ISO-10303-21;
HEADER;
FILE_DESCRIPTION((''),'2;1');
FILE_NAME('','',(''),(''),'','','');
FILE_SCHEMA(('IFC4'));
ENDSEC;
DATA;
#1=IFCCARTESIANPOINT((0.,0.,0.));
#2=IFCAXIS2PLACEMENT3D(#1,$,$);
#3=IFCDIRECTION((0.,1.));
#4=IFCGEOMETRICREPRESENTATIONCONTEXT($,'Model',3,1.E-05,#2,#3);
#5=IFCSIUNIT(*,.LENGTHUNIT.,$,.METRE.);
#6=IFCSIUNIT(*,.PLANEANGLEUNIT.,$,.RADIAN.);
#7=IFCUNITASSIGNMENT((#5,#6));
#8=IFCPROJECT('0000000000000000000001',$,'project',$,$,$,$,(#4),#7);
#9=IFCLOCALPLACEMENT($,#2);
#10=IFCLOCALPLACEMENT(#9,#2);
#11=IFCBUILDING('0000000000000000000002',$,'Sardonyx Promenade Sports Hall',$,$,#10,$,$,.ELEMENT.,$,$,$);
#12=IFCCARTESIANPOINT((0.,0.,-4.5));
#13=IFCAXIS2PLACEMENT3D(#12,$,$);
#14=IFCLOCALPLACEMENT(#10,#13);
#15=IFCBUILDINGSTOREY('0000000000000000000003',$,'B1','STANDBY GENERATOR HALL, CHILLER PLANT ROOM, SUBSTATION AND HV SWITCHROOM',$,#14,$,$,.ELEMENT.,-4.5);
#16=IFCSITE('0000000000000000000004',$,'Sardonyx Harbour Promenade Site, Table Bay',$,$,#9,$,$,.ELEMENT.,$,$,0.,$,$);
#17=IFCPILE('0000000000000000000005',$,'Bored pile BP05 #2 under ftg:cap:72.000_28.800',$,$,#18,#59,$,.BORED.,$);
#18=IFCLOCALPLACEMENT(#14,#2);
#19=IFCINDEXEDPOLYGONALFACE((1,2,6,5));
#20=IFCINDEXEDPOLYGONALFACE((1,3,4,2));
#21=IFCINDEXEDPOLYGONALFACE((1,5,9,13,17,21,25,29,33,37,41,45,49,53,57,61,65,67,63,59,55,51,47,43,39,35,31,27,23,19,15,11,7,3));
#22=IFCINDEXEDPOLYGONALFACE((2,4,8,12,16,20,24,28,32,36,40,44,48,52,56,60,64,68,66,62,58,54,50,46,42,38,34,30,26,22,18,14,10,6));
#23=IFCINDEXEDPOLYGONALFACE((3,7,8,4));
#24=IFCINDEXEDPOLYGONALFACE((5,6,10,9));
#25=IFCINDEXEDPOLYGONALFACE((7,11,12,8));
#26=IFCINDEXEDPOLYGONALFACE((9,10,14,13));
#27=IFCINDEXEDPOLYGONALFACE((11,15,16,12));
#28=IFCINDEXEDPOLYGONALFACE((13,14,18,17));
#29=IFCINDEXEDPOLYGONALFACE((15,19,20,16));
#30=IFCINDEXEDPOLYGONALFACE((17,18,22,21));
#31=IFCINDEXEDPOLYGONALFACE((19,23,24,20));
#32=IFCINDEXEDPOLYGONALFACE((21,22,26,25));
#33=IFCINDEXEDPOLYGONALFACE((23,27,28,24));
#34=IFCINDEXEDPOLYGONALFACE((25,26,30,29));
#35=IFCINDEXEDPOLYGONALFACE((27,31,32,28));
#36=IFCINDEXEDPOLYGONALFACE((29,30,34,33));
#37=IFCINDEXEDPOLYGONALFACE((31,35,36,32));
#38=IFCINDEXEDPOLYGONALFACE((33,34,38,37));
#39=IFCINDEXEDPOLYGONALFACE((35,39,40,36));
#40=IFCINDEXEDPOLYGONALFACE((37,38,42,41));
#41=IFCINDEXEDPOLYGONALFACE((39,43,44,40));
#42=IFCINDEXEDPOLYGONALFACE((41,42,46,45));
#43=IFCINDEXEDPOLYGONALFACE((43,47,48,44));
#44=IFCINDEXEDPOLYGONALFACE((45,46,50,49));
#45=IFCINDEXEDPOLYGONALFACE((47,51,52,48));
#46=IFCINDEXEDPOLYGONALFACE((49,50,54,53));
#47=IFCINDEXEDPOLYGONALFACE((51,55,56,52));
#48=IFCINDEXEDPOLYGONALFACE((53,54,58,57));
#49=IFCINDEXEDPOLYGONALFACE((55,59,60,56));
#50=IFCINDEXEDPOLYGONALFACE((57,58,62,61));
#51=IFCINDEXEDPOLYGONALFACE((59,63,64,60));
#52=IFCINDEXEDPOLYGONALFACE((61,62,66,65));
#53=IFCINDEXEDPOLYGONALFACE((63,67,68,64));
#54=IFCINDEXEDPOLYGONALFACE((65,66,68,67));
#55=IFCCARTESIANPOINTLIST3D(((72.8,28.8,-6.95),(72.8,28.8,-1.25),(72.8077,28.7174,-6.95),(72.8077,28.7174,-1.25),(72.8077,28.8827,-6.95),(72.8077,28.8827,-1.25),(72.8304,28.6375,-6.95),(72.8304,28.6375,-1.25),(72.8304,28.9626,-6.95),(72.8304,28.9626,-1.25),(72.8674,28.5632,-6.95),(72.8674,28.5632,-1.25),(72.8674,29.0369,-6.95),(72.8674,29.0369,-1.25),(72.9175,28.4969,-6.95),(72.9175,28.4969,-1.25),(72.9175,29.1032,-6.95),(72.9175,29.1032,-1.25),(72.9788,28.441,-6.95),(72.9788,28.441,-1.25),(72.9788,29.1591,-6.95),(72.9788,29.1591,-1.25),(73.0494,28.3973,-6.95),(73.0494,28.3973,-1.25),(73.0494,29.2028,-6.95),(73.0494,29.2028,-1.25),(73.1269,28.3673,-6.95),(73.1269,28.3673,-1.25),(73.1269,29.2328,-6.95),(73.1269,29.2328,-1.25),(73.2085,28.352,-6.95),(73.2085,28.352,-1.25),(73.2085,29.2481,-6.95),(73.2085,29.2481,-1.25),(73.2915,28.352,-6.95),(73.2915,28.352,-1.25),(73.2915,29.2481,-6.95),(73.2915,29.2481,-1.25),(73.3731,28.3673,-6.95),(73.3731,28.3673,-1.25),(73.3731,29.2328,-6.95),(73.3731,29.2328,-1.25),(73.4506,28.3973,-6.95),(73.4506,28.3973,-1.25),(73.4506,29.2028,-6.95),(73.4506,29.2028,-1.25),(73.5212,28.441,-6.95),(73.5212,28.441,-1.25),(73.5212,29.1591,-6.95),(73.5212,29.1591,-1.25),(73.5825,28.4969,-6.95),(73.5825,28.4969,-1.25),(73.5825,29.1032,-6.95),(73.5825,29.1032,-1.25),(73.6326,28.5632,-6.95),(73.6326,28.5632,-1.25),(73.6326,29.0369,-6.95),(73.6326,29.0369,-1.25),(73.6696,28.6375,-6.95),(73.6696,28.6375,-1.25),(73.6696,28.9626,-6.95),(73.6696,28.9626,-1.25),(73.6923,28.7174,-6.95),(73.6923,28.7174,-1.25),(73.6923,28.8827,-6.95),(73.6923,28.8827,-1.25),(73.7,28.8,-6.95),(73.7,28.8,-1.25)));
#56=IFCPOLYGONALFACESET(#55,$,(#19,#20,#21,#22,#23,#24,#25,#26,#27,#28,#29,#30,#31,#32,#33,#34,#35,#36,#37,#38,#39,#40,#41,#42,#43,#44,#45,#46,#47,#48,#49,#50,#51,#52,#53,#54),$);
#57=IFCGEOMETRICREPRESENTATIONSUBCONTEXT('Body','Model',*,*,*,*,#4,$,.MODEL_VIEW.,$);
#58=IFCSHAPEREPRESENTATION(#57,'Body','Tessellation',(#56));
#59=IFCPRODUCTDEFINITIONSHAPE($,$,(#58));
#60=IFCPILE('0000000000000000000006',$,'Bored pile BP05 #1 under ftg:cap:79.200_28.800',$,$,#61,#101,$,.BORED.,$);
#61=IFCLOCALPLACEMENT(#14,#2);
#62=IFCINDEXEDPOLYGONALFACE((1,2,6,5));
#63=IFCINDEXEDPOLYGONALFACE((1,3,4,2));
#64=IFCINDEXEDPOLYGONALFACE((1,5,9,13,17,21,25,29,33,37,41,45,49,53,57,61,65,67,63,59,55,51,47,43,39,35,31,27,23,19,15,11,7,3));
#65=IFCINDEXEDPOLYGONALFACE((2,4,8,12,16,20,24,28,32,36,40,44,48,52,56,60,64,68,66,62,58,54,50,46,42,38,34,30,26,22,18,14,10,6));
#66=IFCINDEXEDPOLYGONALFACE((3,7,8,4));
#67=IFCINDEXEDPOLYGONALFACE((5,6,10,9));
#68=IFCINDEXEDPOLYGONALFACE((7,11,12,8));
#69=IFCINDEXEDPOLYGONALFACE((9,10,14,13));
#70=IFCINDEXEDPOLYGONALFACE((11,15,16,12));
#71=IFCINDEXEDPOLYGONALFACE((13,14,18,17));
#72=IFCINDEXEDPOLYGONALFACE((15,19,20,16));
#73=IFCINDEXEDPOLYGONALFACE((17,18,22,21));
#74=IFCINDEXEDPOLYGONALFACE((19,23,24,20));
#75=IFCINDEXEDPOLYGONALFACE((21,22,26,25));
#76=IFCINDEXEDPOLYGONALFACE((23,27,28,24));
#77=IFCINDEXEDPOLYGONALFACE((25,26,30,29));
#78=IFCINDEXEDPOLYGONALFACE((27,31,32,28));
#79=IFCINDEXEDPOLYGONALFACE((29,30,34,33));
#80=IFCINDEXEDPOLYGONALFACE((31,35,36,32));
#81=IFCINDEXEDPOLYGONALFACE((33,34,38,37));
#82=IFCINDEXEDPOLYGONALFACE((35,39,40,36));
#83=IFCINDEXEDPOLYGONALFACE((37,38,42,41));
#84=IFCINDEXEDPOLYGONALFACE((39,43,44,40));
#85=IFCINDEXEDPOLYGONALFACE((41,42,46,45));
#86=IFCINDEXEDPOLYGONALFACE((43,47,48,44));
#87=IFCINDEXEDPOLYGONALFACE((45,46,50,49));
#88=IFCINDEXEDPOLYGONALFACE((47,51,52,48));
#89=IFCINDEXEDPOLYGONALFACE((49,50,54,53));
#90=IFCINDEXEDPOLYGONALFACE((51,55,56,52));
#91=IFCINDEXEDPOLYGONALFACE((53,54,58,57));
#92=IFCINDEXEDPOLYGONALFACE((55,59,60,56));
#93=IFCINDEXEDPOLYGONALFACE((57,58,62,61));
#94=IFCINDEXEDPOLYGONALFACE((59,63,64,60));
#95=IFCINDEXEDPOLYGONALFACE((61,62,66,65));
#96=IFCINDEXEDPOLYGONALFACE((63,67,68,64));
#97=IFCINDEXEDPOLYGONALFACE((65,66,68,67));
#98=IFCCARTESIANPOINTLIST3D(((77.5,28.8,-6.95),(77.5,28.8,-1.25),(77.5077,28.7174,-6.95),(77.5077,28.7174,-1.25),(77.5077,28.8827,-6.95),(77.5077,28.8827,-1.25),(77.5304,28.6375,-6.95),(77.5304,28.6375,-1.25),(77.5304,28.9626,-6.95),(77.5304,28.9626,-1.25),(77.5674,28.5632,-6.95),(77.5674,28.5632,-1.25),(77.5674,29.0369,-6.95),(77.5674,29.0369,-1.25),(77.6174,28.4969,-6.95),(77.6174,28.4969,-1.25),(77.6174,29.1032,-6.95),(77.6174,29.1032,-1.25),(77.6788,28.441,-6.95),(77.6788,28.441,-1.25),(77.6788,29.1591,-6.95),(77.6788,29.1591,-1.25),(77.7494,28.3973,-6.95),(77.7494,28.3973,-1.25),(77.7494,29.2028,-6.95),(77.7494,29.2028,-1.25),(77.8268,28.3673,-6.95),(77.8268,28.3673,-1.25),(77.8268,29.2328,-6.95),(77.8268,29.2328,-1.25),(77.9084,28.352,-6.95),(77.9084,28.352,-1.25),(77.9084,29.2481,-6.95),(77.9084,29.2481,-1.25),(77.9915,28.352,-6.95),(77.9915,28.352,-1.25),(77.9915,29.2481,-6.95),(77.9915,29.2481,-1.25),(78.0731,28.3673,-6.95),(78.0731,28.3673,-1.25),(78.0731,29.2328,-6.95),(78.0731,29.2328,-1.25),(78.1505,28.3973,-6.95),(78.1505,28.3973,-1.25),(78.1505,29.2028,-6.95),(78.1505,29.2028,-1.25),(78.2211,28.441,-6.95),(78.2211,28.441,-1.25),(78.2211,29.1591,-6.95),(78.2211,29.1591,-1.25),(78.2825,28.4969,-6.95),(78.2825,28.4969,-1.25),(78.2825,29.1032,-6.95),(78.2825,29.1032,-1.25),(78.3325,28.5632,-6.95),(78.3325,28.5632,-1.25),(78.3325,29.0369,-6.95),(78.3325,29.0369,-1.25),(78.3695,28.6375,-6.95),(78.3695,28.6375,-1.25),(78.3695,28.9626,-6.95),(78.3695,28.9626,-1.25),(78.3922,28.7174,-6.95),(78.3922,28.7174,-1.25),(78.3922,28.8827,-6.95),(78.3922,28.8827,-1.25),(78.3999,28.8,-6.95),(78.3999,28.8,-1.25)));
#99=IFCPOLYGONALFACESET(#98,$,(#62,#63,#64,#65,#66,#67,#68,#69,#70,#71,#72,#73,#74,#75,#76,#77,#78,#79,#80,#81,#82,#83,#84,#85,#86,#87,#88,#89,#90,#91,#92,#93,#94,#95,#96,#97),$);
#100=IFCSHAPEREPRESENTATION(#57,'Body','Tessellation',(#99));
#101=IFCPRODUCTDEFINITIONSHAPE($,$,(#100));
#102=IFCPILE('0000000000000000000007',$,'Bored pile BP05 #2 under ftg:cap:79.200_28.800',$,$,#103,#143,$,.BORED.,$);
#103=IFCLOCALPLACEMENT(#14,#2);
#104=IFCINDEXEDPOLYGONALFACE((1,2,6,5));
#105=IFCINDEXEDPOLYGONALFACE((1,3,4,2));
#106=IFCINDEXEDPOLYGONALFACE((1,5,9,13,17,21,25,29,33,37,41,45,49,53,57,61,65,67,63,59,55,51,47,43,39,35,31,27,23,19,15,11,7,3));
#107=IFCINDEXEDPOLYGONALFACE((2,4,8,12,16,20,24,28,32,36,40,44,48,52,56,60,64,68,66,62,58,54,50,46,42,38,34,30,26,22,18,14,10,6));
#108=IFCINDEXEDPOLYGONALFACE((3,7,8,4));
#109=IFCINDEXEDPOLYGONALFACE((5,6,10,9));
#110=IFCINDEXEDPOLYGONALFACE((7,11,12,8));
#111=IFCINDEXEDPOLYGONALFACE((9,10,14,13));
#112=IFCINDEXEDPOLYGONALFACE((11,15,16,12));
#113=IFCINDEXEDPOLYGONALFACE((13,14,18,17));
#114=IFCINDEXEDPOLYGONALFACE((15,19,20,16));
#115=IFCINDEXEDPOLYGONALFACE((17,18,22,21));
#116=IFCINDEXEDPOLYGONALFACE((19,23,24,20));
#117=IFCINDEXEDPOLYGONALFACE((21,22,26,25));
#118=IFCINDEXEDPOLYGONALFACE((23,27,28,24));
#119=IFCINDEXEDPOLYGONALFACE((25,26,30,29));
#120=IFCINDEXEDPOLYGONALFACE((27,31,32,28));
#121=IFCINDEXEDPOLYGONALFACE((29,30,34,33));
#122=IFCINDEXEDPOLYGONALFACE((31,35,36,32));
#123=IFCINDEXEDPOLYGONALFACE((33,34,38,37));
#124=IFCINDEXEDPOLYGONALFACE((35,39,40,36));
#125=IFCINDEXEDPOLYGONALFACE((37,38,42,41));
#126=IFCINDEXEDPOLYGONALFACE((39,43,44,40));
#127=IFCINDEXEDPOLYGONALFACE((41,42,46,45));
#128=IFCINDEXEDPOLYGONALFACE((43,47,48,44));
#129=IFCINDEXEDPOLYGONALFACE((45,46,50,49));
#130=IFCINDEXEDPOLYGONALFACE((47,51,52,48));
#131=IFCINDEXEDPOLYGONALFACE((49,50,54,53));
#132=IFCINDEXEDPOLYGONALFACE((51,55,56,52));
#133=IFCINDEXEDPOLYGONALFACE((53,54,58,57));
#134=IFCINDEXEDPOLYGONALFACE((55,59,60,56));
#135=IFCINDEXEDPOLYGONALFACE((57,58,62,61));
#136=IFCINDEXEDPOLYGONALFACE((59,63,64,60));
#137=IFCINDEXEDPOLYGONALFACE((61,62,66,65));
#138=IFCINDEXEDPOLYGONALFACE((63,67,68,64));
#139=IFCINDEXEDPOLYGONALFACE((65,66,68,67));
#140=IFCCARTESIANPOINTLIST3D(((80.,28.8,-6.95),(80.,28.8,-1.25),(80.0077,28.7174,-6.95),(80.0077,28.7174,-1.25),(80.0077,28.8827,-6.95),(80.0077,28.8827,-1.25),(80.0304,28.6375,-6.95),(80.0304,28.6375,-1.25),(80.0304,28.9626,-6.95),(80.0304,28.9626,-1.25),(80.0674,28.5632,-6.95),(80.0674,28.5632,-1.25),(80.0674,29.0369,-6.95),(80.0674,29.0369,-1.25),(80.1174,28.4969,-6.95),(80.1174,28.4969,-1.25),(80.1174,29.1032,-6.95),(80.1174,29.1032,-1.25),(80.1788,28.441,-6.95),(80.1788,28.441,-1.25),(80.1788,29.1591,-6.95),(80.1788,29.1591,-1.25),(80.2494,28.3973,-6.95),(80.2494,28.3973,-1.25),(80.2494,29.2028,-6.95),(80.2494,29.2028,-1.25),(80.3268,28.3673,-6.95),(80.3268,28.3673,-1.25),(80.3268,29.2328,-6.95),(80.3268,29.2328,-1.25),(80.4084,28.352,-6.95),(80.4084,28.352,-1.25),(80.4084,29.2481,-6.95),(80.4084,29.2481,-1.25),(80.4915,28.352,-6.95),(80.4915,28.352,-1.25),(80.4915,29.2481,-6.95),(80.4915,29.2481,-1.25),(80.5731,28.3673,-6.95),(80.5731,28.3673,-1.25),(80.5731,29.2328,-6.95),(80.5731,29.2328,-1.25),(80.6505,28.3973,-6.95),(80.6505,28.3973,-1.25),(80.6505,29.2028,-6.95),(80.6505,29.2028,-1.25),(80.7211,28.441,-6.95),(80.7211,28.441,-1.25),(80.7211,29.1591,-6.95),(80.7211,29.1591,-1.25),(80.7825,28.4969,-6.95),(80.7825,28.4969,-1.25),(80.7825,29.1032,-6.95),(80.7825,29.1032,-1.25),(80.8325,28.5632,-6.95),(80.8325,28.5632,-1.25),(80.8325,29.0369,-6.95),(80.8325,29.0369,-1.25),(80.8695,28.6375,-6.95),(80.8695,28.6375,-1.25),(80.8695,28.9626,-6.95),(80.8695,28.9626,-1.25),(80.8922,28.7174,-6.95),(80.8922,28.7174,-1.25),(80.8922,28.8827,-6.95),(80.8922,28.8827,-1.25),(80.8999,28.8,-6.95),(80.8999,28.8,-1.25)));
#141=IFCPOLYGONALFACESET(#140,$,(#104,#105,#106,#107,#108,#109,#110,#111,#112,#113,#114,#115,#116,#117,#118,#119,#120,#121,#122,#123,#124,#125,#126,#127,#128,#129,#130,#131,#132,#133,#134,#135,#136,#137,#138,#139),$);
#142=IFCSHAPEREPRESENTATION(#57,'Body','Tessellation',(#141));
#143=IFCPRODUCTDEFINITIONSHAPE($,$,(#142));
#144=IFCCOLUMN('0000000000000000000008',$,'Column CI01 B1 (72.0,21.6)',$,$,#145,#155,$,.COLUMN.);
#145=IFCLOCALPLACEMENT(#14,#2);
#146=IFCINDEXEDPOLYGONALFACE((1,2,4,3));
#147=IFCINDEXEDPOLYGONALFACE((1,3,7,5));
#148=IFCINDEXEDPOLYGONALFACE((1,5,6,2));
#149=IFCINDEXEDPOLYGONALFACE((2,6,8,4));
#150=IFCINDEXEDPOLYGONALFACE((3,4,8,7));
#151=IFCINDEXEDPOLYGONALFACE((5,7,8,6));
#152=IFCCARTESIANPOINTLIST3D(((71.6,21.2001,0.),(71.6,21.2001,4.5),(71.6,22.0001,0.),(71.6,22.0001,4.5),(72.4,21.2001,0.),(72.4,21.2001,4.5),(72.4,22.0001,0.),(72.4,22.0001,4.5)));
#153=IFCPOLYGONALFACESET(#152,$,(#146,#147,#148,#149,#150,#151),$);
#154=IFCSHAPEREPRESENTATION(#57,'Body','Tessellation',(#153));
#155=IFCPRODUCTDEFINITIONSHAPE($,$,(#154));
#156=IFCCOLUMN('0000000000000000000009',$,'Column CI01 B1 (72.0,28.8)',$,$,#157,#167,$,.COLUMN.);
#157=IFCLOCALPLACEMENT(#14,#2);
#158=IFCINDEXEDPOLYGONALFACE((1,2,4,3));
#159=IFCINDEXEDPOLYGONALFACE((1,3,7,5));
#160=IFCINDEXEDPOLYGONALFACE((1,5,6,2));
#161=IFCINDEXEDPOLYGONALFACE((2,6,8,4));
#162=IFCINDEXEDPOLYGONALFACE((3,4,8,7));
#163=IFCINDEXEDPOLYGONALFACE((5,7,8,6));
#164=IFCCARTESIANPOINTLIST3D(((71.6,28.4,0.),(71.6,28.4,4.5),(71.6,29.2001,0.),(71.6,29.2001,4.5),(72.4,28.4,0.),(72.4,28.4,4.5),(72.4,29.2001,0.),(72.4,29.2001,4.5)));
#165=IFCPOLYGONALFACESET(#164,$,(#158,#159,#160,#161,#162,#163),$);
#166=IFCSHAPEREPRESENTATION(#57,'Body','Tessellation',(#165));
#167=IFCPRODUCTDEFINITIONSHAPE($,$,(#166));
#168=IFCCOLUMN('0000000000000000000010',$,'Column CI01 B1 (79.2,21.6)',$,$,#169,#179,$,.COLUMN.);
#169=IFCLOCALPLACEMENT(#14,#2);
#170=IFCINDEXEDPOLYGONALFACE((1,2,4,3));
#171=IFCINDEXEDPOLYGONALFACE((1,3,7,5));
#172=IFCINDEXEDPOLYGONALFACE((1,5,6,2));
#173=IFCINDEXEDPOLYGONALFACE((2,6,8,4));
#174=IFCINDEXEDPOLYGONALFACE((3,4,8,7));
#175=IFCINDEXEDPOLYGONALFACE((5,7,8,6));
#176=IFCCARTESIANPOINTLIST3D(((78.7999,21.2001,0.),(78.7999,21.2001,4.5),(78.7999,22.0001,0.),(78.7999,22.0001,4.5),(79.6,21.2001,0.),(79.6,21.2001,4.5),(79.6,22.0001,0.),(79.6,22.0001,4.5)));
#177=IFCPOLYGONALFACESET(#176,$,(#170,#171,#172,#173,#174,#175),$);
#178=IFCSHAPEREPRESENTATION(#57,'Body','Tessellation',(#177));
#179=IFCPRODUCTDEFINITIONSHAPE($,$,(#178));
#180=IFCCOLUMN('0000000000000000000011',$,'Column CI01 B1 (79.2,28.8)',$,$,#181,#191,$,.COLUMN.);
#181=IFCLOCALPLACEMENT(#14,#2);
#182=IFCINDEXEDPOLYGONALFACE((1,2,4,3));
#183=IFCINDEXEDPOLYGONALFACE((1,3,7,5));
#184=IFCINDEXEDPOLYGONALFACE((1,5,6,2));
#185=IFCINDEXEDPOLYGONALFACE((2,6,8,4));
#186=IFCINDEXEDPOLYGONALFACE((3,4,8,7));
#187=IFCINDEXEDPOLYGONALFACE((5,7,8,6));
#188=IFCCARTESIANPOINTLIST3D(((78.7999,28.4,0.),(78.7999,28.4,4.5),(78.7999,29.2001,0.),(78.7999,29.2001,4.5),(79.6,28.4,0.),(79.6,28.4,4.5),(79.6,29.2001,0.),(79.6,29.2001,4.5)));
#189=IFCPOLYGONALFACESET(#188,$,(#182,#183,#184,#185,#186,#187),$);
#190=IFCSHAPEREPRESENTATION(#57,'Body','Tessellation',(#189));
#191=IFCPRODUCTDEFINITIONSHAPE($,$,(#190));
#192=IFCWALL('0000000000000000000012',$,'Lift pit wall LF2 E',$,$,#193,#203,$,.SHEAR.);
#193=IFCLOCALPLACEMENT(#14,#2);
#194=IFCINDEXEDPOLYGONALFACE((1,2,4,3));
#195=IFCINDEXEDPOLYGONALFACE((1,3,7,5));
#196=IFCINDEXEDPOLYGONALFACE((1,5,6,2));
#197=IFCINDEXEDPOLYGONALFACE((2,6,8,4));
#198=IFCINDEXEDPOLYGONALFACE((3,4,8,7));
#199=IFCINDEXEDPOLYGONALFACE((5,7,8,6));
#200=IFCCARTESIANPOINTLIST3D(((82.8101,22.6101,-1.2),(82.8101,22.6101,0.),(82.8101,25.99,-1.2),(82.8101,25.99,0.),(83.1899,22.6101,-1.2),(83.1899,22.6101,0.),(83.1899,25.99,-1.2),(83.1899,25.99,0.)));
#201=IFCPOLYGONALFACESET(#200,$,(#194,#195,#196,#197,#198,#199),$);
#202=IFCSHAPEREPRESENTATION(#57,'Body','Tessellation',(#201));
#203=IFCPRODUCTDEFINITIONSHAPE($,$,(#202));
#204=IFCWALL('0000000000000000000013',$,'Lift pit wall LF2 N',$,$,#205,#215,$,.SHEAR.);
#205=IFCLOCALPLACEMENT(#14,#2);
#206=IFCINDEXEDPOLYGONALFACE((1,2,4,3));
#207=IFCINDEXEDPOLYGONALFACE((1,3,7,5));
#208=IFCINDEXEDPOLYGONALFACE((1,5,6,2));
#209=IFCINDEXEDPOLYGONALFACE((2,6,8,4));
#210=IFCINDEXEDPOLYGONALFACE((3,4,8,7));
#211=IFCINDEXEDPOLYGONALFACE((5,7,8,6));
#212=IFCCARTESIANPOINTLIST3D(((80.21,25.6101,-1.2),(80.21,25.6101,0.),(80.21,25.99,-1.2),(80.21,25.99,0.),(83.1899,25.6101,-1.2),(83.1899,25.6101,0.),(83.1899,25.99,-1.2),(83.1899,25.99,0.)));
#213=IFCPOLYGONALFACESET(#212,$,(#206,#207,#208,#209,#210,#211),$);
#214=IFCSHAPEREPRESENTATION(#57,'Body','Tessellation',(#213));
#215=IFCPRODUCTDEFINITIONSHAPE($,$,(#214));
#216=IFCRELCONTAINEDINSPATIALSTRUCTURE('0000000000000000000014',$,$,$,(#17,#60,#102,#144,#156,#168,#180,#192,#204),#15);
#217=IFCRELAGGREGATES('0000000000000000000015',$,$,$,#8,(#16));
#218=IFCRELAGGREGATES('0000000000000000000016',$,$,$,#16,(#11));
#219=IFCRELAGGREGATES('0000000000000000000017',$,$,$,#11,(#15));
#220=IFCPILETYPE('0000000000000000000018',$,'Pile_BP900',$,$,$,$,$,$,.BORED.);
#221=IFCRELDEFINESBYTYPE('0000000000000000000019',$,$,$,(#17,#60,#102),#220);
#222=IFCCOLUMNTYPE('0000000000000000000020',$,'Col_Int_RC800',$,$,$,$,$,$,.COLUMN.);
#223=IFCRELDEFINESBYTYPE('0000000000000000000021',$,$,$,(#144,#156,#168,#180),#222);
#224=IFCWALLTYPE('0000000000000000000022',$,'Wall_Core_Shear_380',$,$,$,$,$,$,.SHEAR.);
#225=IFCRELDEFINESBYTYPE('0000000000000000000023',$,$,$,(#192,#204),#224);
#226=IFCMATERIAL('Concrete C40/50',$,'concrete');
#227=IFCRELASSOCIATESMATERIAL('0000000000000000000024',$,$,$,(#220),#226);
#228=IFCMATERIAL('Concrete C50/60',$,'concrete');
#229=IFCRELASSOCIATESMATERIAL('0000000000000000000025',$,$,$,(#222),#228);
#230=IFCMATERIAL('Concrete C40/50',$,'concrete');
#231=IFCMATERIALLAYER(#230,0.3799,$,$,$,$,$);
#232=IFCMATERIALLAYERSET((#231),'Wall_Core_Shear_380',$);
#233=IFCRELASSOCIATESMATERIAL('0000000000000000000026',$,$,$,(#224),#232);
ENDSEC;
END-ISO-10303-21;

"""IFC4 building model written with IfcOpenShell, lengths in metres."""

from ifc_helpers import new_model, si_unit, direction, frame, frame_2d, origin, origin_2d, place, context, subcontext, project, spatial, rectangle, circle, extrude, material, layer, layer_set, material_profile, profile_set, type_object, element, save


model = new_model("IFC4")

# Units and contexts
model_context = context("Model", 3, precision=1e-05, world=origin(), true_north=direction((0.0, 1.0)))
body_context = subcontext(model_context, "Body", "Model", "MODEL_VIEW")
ifc_project = project(units=[si_unit("LENGTHUNIT", "METRE"), si_unit("PLANEANGLEUNIT", "RADIAN")], contexts=[model_context])

# Site, building, storey
site_placement = place(None, origin())
site = spatial("IfcSite", under=ifc_project, at=site_placement, Name="Sardonyx Harbour Promenade Site, Table Bay", CompositionType="ELEMENT", RefElevation=0.0)
building_placement = place(site_placement, origin())
building = spatial("IfcBuilding", under=site, at=building_placement, Name="Sardonyx Promenade Sports Hall", CompositionType="ELEMENT")
storey_placement = place(building_placement, frame((0.0, 0.0, -4.5)))
storey = spatial("IfcBuildingStorey", under=building, at=storey_placement, Name="B1", Description="STANDBY GENERATOR HALL, CHILLER PLANT ROOM, SUBSTATION AND HV SWITCHROOM", CompositionType="ELEMENT", Elevation=-4.5)

# Piles
ifc_material_1 = material(Name="Concrete C40/50", Category="concrete")
ifc_material_profile_1 = material_profile(ifc_material_1, circle(Radius=0.45, at=origin_2d()))
ifc_profile_set_1 = profile_set([ifc_material_profile_1], Name="Concrete C40/50")
pile_type_1 = type_object("IfcPileType", Name="Pile_BP900", PredefinedType="BORED", material=ifc_profile_set_1)
for number, where, z_axis, x_axis, name in (
    (1, (73.25, 28.8, -1.25), (0.0, 0.0, -1.0), (1.0, 0.0, 0.0), "Bored pile BP05 #2 under ftg:cap:72.000_28.800"),
    (2, (77.95, 28.8, -1.25), (0.0, 0.0, -1.0), (1.0, 0.0, 0.0), "Bored pile BP05 #1 under ftg:cap:79.200_28.800"),
    (3, (80.45, 28.8, -1.25), (0.0, 0.0, -1.0), (1.0, 0.0, 0.0), "Bored pile BP05 #2 under ftg:cap:79.200_28.800"),
):
    element("IfcPile", number, at=place(storey_placement, frame(where, z_axis=z_axis, x_axis=x_axis)), inside=storey, type_object=pile_type_1, Name=name, PredefinedType="BORED", context=body_context, shape_type="SweptSolid", body=[
        extrude(circle(Radius=0.45, at=origin_2d()), origin(), (0.0, 0.0, 1.0), 5.7),
    ])

# Columns
ifc_material_2 = material(Name="Concrete C50/60", Category="concrete")
ifc_material_profile_2 = material_profile(ifc_material_2, rectangle(XDim=0.8, YDim=0.8, at=origin_2d()))
ifc_profile_set_2 = profile_set([ifc_material_profile_2], Name="Concrete C50/60")
column_type = type_object("IfcColumnType", Name="Col_Int_RC800", PredefinedType="COLUMN", material=ifc_profile_set_2)
for number, where, z_axis, x_axis, name in (
    (4, (72.0, 21.6001, 0.0), (0.0, 0.0, 1.0), (1.0, 0.0, 0.0), "Column CI01 B1 (72.0,21.6)"),
    (5, (72.0, 28.8, 0.0), (0.0, 0.0, 1.0), (1.0, 0.0, 0.0), "Column CI01 B1 (72.0,28.8)"),
    (6, (79.2, 21.6001, 0.0), (0.0, 0.0, 1.0), (1.0, 0.0, 0.0), "Column CI01 B1 (79.2,21.6)"),
    (7, (79.2, 28.8, 0.0), (0.0, 0.0, 1.0), (1.0, 0.0, 0.0), "Column CI01 B1 (79.2,28.8)"),
):
    element("IfcColumn", number, at=place(storey_placement, frame(where, z_axis=z_axis, x_axis=x_axis)), inside=storey, type_object=column_type, Name=name, PredefinedType="COLUMN", context=body_context, shape_type="SweptSolid", body=[
        extrude(rectangle(XDim=0.8, YDim=0.8, at=origin_2d()), origin(), (0.0, 0.0, 1.0), 4.5),
    ])

# Walls
ifc_material_3 = material(Name="Concrete C40/50", Category="concrete")
ifc_layer_1 = layer(ifc_material_3, 0.3799)
ifc_layer_set_1 = layer_set([ifc_layer_1], Name="Wall_Core_Shear_380")
wall_type_1 = type_object("IfcWallType", Name="Wall_Core_Shear_380", PredefinedType="SHEAR", material=ifc_layer_set_1)
wall_1_placement = place(storey_placement, frame((83.0, 22.6101, -1.2), z_axis=(0.0, 0.0, 1.0), x_axis=(0.0, 1.0, 0.0)))
element("IfcWall", 8, at=wall_1_placement, inside=storey, type_object=wall_type_1, Name="Lift pit wall LF2 E", PredefinedType="SHEAR", context=body_context, shape_type="SweptSolid", body=[
    extrude(rectangle(XDim=3.3799, YDim=0.3799, at=frame_2d((1.6899, 0.0))), origin(), (0.0, 0.0, 1.0), 1.2),
])
wall_2_placement = place(storey_placement, frame((80.21, 25.8, -1.2), z_axis=(0.0, 0.0, 1.0), x_axis=(1.0, 0.0, 0.0)))
element("IfcWall", 9, at=wall_2_placement, inside=storey, type_object=wall_type_1, Name="Lift pit wall LF2 N", PredefinedType="SHEAR", context=body_context, shape_type="SweptSolid", body=[
    extrude(rectangle(XDim=2.98, YDim=0.3799, at=frame_2d((1.49, 0.0))), origin(), (0.0, 0.0, 1.0), 1.2),
])

save(model, "model.ifc")
